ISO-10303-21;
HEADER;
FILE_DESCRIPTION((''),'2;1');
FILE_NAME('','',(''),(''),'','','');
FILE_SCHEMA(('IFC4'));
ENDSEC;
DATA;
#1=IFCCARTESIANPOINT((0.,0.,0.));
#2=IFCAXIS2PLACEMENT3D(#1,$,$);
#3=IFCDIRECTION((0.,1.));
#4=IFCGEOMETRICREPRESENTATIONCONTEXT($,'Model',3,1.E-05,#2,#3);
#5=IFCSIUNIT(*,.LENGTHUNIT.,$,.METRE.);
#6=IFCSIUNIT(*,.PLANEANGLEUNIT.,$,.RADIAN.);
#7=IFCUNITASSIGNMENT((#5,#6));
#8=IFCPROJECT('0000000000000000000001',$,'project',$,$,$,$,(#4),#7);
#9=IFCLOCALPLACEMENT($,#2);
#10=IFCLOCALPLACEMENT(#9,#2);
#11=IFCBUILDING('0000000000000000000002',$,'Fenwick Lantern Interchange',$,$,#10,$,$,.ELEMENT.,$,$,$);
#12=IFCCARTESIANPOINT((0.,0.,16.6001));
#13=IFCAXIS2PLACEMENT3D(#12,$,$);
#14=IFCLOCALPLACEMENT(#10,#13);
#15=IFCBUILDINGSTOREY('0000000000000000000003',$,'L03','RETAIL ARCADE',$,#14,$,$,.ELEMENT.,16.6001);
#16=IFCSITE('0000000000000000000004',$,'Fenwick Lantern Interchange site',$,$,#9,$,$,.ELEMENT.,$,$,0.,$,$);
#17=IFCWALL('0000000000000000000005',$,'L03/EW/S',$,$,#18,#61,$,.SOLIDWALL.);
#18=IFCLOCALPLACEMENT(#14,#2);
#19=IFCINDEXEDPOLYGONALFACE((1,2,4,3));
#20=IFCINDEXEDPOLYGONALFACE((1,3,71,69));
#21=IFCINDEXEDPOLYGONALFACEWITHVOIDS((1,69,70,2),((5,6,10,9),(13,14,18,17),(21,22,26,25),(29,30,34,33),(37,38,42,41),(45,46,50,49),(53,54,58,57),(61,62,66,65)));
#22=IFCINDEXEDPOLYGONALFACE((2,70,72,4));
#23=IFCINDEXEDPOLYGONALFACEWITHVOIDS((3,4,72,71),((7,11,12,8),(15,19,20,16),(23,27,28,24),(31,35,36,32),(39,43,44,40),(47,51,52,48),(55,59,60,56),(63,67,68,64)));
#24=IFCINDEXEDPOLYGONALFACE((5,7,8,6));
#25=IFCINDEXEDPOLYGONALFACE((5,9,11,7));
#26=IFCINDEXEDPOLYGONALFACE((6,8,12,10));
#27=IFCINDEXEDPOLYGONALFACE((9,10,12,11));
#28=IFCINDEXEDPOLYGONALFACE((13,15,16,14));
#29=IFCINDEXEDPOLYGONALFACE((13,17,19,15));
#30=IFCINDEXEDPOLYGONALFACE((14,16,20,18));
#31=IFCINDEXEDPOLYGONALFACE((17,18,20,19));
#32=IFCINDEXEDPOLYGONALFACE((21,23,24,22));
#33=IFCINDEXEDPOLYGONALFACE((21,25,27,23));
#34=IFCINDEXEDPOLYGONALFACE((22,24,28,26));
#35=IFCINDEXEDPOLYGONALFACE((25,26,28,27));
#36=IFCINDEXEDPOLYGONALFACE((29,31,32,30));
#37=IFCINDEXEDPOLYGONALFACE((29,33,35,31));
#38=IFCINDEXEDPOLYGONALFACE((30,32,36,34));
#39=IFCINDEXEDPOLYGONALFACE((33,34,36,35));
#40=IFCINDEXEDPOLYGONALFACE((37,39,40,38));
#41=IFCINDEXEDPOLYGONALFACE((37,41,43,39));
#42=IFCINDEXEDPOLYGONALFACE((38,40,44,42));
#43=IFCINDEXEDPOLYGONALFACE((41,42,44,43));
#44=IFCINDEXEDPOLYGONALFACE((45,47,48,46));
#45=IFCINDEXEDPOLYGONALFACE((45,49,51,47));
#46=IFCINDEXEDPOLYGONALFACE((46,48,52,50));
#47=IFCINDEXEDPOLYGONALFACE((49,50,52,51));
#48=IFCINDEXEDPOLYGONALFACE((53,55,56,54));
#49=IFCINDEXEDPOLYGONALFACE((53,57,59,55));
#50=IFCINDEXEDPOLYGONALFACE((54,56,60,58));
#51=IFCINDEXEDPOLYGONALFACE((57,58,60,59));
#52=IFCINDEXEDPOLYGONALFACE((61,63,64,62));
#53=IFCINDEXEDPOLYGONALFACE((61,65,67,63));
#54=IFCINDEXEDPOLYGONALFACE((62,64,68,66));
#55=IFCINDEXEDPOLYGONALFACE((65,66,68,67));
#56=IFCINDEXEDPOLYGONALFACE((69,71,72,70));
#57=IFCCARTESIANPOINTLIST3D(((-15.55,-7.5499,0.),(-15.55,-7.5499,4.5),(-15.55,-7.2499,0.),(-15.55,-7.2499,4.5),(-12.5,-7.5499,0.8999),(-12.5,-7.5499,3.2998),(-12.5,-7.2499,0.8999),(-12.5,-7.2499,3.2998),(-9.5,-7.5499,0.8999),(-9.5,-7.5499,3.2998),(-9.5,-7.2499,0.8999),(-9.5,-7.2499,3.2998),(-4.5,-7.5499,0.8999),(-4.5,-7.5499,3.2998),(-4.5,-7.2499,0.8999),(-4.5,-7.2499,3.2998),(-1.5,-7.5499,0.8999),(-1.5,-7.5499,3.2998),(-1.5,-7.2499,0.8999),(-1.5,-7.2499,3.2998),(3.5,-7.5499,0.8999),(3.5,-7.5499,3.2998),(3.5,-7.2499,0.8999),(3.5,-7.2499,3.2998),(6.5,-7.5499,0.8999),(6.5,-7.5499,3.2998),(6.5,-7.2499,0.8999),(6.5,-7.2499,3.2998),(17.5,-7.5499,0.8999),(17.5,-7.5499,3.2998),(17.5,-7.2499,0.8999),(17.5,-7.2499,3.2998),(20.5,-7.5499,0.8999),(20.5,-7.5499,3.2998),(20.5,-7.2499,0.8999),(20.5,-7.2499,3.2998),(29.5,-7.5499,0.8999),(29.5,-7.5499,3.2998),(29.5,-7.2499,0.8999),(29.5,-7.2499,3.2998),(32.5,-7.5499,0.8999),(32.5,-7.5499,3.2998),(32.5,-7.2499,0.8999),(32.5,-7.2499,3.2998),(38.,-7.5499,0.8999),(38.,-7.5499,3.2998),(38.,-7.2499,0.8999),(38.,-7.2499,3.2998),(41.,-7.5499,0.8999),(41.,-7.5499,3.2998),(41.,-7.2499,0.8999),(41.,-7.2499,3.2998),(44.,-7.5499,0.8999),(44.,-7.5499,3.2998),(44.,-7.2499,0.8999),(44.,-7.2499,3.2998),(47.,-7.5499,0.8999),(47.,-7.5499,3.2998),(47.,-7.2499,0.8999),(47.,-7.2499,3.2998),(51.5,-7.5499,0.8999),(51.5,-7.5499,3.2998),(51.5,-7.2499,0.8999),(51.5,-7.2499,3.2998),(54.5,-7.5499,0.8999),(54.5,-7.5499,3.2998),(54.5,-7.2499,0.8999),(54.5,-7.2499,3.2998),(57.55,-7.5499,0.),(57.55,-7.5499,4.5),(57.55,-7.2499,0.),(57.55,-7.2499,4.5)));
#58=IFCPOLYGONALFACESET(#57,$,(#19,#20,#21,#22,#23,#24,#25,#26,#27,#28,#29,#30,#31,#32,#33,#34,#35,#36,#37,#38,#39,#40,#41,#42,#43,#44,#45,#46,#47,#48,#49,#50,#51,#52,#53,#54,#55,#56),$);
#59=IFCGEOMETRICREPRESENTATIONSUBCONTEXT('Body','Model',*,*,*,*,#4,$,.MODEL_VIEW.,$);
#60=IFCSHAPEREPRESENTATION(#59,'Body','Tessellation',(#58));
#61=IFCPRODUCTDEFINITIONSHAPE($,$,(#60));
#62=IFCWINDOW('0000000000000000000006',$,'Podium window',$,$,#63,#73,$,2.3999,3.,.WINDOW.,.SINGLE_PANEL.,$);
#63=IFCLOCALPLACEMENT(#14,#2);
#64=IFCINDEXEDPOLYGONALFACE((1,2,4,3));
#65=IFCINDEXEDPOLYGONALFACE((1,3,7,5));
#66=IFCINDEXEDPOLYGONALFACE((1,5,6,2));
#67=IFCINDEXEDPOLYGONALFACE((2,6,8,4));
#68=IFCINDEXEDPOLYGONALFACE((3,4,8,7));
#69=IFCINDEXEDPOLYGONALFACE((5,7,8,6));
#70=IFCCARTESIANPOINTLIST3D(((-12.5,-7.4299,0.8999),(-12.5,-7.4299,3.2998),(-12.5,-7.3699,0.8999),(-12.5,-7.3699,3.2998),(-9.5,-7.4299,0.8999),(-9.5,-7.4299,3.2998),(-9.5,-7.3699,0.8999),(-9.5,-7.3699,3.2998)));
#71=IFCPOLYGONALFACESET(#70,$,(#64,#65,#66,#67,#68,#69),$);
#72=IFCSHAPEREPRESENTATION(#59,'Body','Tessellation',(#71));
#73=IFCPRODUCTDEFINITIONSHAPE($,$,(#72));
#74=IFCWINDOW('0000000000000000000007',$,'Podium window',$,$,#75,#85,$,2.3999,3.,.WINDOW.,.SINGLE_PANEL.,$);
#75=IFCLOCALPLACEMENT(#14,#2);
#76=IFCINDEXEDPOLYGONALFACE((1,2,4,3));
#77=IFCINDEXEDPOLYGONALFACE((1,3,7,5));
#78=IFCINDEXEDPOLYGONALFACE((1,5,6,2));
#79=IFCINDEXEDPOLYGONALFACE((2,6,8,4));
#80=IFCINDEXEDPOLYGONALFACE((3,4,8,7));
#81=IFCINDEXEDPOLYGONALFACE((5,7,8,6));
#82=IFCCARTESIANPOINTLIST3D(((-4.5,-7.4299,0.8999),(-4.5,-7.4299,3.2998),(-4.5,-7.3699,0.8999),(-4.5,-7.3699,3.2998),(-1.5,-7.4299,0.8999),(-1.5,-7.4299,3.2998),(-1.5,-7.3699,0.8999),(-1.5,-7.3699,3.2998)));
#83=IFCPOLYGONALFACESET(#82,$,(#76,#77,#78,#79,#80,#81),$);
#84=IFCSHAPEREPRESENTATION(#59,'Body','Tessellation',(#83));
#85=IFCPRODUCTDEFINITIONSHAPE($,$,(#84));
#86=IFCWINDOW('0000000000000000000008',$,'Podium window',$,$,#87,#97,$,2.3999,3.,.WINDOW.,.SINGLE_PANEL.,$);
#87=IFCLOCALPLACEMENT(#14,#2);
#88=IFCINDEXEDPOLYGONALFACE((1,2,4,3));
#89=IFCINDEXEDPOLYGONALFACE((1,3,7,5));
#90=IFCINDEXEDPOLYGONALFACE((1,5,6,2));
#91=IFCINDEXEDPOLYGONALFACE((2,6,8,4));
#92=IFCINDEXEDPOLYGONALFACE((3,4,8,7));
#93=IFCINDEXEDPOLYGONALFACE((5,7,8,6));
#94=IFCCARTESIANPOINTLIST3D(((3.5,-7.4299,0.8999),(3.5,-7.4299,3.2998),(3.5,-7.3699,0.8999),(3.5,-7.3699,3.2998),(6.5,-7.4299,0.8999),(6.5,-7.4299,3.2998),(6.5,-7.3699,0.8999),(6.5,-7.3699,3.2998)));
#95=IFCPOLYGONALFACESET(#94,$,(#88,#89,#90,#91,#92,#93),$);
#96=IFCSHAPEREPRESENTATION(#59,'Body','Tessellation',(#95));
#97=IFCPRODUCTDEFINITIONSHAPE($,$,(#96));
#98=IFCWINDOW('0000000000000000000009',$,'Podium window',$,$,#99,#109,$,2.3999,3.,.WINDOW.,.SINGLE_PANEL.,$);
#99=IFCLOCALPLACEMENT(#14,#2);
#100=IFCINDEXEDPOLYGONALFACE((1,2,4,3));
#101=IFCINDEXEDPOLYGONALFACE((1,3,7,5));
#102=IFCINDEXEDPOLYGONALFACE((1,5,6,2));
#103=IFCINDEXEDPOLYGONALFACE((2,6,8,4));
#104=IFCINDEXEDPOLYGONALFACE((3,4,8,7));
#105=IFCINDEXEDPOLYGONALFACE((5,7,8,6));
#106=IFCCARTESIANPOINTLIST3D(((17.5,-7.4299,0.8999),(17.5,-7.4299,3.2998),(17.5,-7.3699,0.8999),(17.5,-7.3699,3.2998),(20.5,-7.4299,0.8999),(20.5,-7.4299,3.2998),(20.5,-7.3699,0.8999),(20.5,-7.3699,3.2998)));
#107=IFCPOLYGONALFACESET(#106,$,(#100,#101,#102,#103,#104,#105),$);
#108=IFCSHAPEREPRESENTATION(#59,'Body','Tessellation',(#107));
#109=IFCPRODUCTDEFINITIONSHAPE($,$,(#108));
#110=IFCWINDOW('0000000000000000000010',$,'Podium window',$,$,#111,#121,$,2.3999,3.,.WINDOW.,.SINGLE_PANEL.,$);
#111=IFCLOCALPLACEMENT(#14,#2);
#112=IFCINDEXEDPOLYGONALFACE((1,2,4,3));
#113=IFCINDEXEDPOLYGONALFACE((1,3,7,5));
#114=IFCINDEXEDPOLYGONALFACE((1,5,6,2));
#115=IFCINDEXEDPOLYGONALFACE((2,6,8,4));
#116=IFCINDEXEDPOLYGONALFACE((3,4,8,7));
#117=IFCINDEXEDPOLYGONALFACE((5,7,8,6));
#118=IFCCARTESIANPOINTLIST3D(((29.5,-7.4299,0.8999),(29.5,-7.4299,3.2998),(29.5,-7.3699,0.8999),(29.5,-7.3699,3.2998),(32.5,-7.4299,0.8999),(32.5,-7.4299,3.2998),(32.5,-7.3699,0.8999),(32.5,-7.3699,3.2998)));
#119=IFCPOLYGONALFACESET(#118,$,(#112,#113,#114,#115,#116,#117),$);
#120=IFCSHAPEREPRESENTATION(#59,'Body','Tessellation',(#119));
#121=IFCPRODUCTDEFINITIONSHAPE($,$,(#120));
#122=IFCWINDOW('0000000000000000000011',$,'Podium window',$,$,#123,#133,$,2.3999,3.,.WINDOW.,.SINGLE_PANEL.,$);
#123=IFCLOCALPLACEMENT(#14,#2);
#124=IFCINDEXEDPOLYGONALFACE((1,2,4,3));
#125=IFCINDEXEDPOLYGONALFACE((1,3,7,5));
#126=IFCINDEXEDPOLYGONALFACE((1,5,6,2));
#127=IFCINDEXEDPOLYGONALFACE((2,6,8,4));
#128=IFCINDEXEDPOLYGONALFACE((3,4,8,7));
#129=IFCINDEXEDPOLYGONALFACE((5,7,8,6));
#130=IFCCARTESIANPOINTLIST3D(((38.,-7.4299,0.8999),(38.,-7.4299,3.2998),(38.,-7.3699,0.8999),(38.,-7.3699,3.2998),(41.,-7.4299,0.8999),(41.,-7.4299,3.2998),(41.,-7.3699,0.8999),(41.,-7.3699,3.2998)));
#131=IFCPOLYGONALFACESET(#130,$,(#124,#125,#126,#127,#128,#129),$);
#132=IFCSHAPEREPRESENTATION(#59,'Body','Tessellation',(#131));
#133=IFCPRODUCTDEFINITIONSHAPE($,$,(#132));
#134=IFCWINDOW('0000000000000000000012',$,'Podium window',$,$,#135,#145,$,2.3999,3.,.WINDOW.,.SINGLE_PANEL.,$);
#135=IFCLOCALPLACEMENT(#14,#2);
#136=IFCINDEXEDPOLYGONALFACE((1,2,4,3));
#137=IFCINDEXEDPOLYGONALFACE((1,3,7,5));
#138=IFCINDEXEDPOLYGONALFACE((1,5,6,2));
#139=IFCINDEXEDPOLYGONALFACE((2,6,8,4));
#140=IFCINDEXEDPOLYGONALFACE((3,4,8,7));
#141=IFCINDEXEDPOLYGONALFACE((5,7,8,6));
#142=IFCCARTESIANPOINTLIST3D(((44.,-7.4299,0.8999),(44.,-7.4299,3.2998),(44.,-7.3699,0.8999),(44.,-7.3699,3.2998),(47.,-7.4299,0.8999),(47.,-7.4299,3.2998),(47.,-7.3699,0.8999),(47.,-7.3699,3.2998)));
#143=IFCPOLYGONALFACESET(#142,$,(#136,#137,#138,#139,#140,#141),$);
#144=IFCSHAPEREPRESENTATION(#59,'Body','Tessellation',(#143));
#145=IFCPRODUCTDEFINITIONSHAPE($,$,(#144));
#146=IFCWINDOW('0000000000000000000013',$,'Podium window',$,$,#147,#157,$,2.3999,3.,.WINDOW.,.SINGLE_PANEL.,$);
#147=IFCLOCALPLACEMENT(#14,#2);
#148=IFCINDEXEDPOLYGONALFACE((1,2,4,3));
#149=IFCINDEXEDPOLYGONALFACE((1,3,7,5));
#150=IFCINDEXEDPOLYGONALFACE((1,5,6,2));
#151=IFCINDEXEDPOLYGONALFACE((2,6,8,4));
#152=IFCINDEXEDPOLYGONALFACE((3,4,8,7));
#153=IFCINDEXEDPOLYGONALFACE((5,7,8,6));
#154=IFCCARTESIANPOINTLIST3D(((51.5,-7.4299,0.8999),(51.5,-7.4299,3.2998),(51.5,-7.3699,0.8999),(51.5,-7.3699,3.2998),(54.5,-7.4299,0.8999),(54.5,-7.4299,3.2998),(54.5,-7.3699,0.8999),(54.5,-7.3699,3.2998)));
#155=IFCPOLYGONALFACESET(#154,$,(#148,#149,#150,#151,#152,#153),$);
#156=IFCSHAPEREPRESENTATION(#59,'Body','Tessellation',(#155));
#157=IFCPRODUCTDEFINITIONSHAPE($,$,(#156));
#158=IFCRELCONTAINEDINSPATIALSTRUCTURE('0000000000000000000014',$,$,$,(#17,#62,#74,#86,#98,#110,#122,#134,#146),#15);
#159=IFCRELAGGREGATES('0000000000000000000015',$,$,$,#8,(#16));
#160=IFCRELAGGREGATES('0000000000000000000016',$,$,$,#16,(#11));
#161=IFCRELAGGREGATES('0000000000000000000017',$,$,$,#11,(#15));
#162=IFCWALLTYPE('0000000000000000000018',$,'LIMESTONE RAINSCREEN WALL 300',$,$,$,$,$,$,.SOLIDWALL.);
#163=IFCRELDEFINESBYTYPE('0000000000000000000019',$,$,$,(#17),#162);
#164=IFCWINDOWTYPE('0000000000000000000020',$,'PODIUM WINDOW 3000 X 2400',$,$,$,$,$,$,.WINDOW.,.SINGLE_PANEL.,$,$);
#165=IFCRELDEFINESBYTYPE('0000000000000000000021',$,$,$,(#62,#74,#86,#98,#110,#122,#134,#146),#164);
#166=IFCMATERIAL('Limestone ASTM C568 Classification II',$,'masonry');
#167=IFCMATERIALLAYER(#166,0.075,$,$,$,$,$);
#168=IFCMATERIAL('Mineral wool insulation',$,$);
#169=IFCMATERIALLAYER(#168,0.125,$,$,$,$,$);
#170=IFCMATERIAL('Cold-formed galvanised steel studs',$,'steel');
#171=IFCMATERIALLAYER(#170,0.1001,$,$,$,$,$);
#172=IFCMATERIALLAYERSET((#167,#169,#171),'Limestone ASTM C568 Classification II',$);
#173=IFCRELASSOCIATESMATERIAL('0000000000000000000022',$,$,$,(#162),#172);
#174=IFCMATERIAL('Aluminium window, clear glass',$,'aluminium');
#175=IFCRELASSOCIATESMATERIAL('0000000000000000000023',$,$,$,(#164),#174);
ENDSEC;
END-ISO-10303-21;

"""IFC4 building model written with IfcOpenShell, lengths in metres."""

from ifc_helpers import new_model, si_unit, direction, frame, frame_2d, origin, place, context, subcontext, project, spatial, rectangle, extrude, material, layer, layer_set, type_object, element, fill, save


model = new_model("IFC4")

# Units and contexts
model_context = context("Model", 3, precision=1e-05, world=origin(), true_north=direction((0.0, 1.0)))
body_context = subcontext(model_context, "Body", "Model", "MODEL_VIEW")
ifc_project = project(units=[si_unit("LENGTHUNIT", "METRE"), si_unit("PLANEANGLEUNIT", "RADIAN")], contexts=[model_context])

# Site, building, storey
site_placement = place(None, origin())
site = spatial("IfcSite", under=ifc_project, at=site_placement, Name="Fenwick Lantern Interchange site", CompositionType="ELEMENT", RefElevation=0.0)
building_placement = place(site_placement, origin())
building = spatial("IfcBuilding", under=site, at=building_placement, Name="Fenwick Lantern Interchange", CompositionType="ELEMENT")
storey_placement = place(building_placement, frame((0.0, 0.0, 16.6001)))
storey = spatial("IfcBuildingStorey", under=building, at=storey_placement, Name="L03", Description="RETAIL ARCADE", CompositionType="ELEMENT", Elevation=16.6001)

# Wall, openings, windows
ifc_material_1 = material(Name="Limestone ASTM C568 Classification II", Category="masonry")
ifc_layer_1 = layer(ifc_material_1, 0.075)
ifc_material_2 = material(Name="Mineral wool insulation")
ifc_layer_2 = layer(ifc_material_2, 0.125)
ifc_material_3 = material(Name="Cold-formed galvanised steel studs", Category="steel")
ifc_layer_3 = layer(ifc_material_3, 0.1001)
ifc_layer_set_1 = layer_set([ifc_layer_1, ifc_layer_2, ifc_layer_3], Name="Limestone ASTM C568 Classification II")
wall_type_1 = type_object("IfcWallType", Name="LIMESTONE RAINSCREEN WALL 300", PredefinedType="SOLIDWALL", material=ifc_layer_set_1)
wall_1_placement = place(storey_placement, frame((-15.55, -7.3999, 0.0), z_axis=(0.0, 0.0, 1.0), x_axis=(1.0, 0.0, 0.0)))
wall_1 = element("IfcWall", 1, at=wall_1_placement, inside=storey, type_object=wall_type_1, Name="L03/EW/S", PredefinedType="SOLIDWALL", context=body_context, shape_type="SweptSolid", body=[
    extrude(rectangle(XDim=73.1001, YDim=0.3, at=frame_2d((36.55, 0.0))), origin(), (0.0, 0.0, 1.0), 4.5),
])
opening_1_placement = place(wall_1_placement, frame((3.05, 0.0, 0.8999)))
opening_1 = element("IfcOpeningElement", 2, at=opening_1_placement, cuts=wall_1, PredefinedType="OPENING", context=body_context, shape_type="SweptSolid", body=[
    extrude(rectangle(XDim=3.0, YDim=2.3999, at=frame_2d((1.5, 1.2))), frame((0.0, 0.1599, 0.0), z_axis=(0.0, -1.0, 0.0), x_axis=(1.0, 0.0, 0.0)), (0.0, 0.0, 1.0), 0.3201),
])
opening_2_placement = place(wall_1_placement, frame((11.05, 0.0, 0.8999)))
opening_2 = element("IfcOpeningElement", 3, at=opening_2_placement, cuts=wall_1, PredefinedType="OPENING", context=body_context, shape_type="SweptSolid", body=[
    extrude(rectangle(XDim=3.0, YDim=2.3999, at=frame_2d((1.5, 1.2))), frame((0.0, 0.1599, 0.0), z_axis=(0.0, -1.0, 0.0), x_axis=(1.0, 0.0, 0.0)), (0.0, 0.0, 1.0), 0.3201),
])
opening_3_placement = place(wall_1_placement, frame((19.05, 0.0, 0.8999)))
opening_3 = element("IfcOpeningElement", 4, at=opening_3_placement, cuts=wall_1, PredefinedType="OPENING", context=body_context, shape_type="SweptSolid", body=[
    extrude(rectangle(XDim=3.0, YDim=2.3999, at=frame_2d((1.5, 1.2))), frame((0.0, 0.1599, 0.0), z_axis=(0.0, -1.0, 0.0), x_axis=(1.0, 0.0, 0.0)), (0.0, 0.0, 1.0), 0.3201),
])
opening_4_placement = place(wall_1_placement, frame((33.05, 0.0, 0.8999)))
opening_4 = element("IfcOpeningElement", 5, at=opening_4_placement, cuts=wall_1, PredefinedType="OPENING", context=body_context, shape_type="SweptSolid", body=[
    extrude(rectangle(XDim=3.0, YDim=2.3999, at=frame_2d((1.5, 1.2))), frame((0.0, 0.1599, 0.0), z_axis=(0.0, -1.0, 0.0), x_axis=(1.0, 0.0, 0.0)), (0.0, 0.0, 1.0), 0.3201),
])
opening_5_placement = place(wall_1_placement, frame((45.05, 0.0, 0.8999)))
opening_5 = element("IfcOpeningElement", 6, at=opening_5_placement, cuts=wall_1, PredefinedType="OPENING", context=body_context, shape_type="SweptSolid", body=[
    extrude(rectangle(XDim=3.0, YDim=2.3999, at=frame_2d((1.5, 1.2))), frame((0.0, 0.1599, 0.0), z_axis=(0.0, -1.0, 0.0), x_axis=(1.0, 0.0, 0.0)), (0.0, 0.0, 1.0), 0.3201),
])
opening_6_placement = place(wall_1_placement, frame((53.55, 0.0, 0.8999)))
opening_6 = element("IfcOpeningElement", 7, at=opening_6_placement, cuts=wall_1, PredefinedType="OPENING", context=body_context, shape_type="SweptSolid", body=[
    extrude(rectangle(XDim=3.0, YDim=2.3999, at=frame_2d((1.5, 1.2))), frame((0.0, 0.1599, 0.0), z_axis=(0.0, -1.0, 0.0), x_axis=(1.0, 0.0, 0.0)), (0.0, 0.0, 1.0), 0.3201),
])
opening_7_placement = place(wall_1_placement, frame((59.55, 0.0, 0.8999)))
opening_7 = element("IfcOpeningElement", 8, at=opening_7_placement, cuts=wall_1, PredefinedType="OPENING", context=body_context, shape_type="SweptSolid", body=[
    extrude(rectangle(XDim=3.0, YDim=2.3999, at=frame_2d((1.5, 1.2))), frame((0.0, 0.1599, 0.0), z_axis=(0.0, -1.0, 0.0), x_axis=(1.0, 0.0, 0.0)), (0.0, 0.0, 1.0), 0.3201),
])
opening_8_placement = place(wall_1_placement, frame((67.05, 0.0, 0.8999)))
opening_8 = element("IfcOpeningElement", 9, at=opening_8_placement, cuts=wall_1, PredefinedType="OPENING", context=body_context, shape_type="SweptSolid", body=[
    extrude(rectangle(XDim=3.0, YDim=2.3999, at=frame_2d((1.5, 1.2))), frame((0.0, 0.1599, 0.0), z_axis=(0.0, -1.0, 0.0), x_axis=(1.0, 0.0, 0.0)), (0.0, 0.0, 1.0), 0.3201),
])
ifc_material_4 = material(Name="Aluminium window, clear glass", Category="aluminium")
window_type = type_object("IfcWindowType", Name="PODIUM WINDOW 3000 X 2400", PartitioningType="SINGLE_PANEL", PredefinedType="WINDOW", material=ifc_material_4)
window_1_placement = place(opening_1_placement, origin())
window_1 = element("IfcWindow", 10, at=window_1_placement, inside=storey, type_object=window_type, Name="Podium window", OverallHeight=2.3999, OverallWidth=3.0, PartitioningType="SINGLE_PANEL", PredefinedType="WINDOW", context=body_context, shape_type="SweptSolid", body=[
    extrude(rectangle(XDim=3.0, YDim=2.3999, at=frame_2d((1.5, 1.2))), frame((0.0, 0.03, 0.0), z_axis=(0.0, -1.0, 0.0), x_axis=(1.0, 0.0, 0.0)), (0.0, 0.0, 1.0), 0.0601),
])
fill(opening_1, window_1)
window_2_placement = place(opening_2_placement, origin())
window_2 = element("IfcWindow", 11, at=window_2_placement, inside=storey, type_object=window_type, Name="Podium window", OverallHeight=2.3999, OverallWidth=3.0, PartitioningType="SINGLE_PANEL", PredefinedType="WINDOW", context=body_context, shape_type="SweptSolid", body=[
    extrude(rectangle(XDim=3.0, YDim=2.3999, at=frame_2d((1.5, 1.2))), frame((0.0, 0.03, 0.0), z_axis=(0.0, -1.0, 0.0), x_axis=(1.0, 0.0, 0.0)), (0.0, 0.0, 1.0), 0.0601),
])
fill(opening_2, window_2)
window_3_placement = place(opening_3_placement, origin())
window_3 = element("IfcWindow", 12, at=window_3_placement, inside=storey, type_object=window_type, Name="Podium window", OverallHeight=2.3999, OverallWidth=3.0, PartitioningType="SINGLE_PANEL", PredefinedType="WINDOW", context=body_context, shape_type="SweptSolid", body=[
    extrude(rectangle(XDim=3.0, YDim=2.3999, at=frame_2d((1.5, 1.2))), frame((0.0, 0.03, 0.0), z_axis=(0.0, -1.0, 0.0), x_axis=(1.0, 0.0, 0.0)), (0.0, 0.0, 1.0), 0.0601),
])
fill(opening_3, window_3)
window_4_placement = place(opening_4_placement, origin())
window_4 = element("IfcWindow", 13, at=window_4_placement, inside=storey, type_object=window_type, Name="Podium window", OverallHeight=2.3999, OverallWidth=3.0, PartitioningType="SINGLE_PANEL", PredefinedType="WINDOW", context=body_context, shape_type="SweptSolid", body=[
    extrude(rectangle(XDim=3.0, YDim=2.3999, at=frame_2d((1.5, 1.2))), frame((0.0, 0.03, 0.0), z_axis=(0.0, -1.0, 0.0), x_axis=(1.0, 0.0, 0.0)), (0.0, 0.0, 1.0), 0.0601),
])
fill(opening_4, window_4)
window_5_placement = place(opening_5_placement, origin())
window_5 = element("IfcWindow", 14, at=window_5_placement, inside=storey, type_object=window_type, Name="Podium window", OverallHeight=2.3999, OverallWidth=3.0, PartitioningType="SINGLE_PANEL", PredefinedType="WINDOW", context=body_context, shape_type="SweptSolid", body=[
    extrude(rectangle(XDim=3.0, YDim=2.3999, at=frame_2d((1.5, 1.2))), frame((0.0, 0.03, 0.0), z_axis=(0.0, -1.0, 0.0), x_axis=(1.0, 0.0, 0.0)), (0.0, 0.0, 1.0), 0.0601),
])
fill(opening_5, window_5)
window_6_placement = place(opening_6_placement, origin())
window_6 = element("IfcWindow", 15, at=window_6_placement, inside=storey, type_object=window_type, Name="Podium window", OverallHeight=2.3999, OverallWidth=3.0, PartitioningType="SINGLE_PANEL", PredefinedType="WINDOW", context=body_context, shape_type="SweptSolid", body=[
    extrude(rectangle(XDim=3.0, YDim=2.3999, at=frame_2d((1.5, 1.2))), frame((0.0, 0.03, 0.0), z_axis=(0.0, -1.0, 0.0), x_axis=(1.0, 0.0, 0.0)), (0.0, 0.0, 1.0), 0.0601),
])
fill(opening_6, window_6)
window_7_placement = place(opening_7_placement, origin())
window_7 = element("IfcWindow", 16, at=window_7_placement, inside=storey, type_object=window_type, Name="Podium window", OverallHeight=2.3999, OverallWidth=3.0, PartitioningType="SINGLE_PANEL", PredefinedType="WINDOW", context=body_context, shape_type="SweptSolid", body=[
    extrude(rectangle(XDim=3.0, YDim=2.3999, at=frame_2d((1.5, 1.2))), frame((0.0, 0.03, 0.0), z_axis=(0.0, -1.0, 0.0), x_axis=(1.0, 0.0, 0.0)), (0.0, 0.0, 1.0), 0.0601),
])
fill(opening_7, window_7)
window_8_placement = place(opening_8_placement, origin())
window_8 = element("IfcWindow", 17, at=window_8_placement, inside=storey, type_object=window_type, Name="Podium window", OverallHeight=2.3999, OverallWidth=3.0, PartitioningType="SINGLE_PANEL", PredefinedType="WINDOW", context=body_context, shape_type="SweptSolid", body=[
    extrude(rectangle(XDim=3.0, YDim=2.3999, at=frame_2d((1.5, 1.2))), frame((0.0, 0.03, 0.0), z_axis=(0.0, -1.0, 0.0), x_axis=(1.0, 0.0, 0.0)), (0.0, 0.0, 1.0), 0.0601),
])
fill(opening_8, window_8)

save(model, "model.ifc")
